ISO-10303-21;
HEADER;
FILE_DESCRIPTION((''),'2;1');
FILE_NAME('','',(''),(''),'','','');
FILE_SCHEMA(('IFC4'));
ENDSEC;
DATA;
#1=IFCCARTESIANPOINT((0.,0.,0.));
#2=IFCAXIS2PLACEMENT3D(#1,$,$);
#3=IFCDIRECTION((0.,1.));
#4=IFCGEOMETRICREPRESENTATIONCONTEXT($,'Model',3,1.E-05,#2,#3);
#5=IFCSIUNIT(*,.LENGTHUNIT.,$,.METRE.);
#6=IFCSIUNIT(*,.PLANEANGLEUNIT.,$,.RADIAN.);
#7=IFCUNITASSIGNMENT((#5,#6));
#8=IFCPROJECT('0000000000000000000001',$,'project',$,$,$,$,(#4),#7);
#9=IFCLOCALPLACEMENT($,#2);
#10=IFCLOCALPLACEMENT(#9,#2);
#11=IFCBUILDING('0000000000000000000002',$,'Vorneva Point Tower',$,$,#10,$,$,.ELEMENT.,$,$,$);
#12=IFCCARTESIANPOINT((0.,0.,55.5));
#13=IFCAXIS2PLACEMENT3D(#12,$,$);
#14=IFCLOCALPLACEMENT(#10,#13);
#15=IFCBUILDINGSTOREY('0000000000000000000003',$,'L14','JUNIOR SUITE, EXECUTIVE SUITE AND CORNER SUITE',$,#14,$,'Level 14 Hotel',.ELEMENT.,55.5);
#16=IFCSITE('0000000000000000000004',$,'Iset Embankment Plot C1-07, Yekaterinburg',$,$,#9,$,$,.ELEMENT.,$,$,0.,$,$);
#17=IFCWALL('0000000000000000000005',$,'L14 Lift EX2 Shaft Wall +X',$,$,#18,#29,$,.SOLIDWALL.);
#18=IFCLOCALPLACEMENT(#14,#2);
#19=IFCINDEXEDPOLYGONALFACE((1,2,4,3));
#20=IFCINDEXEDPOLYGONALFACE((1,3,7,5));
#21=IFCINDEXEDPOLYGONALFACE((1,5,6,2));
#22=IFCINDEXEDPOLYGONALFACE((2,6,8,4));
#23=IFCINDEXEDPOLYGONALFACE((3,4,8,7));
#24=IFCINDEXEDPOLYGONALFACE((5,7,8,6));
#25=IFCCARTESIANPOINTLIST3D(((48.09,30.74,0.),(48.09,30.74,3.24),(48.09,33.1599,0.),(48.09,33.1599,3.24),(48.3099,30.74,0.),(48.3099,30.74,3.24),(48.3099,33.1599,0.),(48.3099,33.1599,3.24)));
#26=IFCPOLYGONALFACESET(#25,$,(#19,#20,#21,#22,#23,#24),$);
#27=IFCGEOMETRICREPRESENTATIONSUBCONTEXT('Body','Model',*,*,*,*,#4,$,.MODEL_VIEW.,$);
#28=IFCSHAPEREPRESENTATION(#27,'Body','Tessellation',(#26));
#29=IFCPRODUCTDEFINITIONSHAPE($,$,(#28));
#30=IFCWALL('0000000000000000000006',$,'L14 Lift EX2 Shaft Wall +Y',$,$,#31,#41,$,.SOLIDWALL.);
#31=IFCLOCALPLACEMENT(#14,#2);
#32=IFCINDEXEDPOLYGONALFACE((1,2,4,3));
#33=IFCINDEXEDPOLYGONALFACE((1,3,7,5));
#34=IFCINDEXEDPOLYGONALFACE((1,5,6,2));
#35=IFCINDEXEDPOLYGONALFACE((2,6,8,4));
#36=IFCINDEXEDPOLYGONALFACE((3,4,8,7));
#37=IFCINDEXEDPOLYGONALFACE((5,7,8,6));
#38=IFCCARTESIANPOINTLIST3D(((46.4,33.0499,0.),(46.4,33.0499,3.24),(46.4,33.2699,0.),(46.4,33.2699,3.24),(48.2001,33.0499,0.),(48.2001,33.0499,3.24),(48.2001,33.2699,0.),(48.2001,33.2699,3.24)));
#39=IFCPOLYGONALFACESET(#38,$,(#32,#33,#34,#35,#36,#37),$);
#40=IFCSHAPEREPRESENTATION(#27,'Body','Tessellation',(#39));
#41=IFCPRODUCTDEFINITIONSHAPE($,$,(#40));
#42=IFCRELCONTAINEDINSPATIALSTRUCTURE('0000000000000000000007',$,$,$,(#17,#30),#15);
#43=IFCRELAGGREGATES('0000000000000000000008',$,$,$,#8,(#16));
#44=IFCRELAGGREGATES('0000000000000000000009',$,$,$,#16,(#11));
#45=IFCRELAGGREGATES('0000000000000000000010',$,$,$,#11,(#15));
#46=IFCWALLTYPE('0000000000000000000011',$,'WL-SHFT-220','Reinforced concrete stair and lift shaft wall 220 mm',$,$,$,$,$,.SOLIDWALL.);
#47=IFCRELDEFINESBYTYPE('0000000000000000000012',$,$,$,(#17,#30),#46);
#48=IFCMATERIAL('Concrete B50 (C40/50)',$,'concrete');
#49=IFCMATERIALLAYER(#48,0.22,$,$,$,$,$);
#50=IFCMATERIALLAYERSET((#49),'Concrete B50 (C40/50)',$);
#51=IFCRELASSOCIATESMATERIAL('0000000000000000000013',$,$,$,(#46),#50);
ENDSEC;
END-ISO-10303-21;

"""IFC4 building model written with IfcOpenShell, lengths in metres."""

from ifc_helpers import new_model, si_unit, direction, frame, frame_2d, origin, place, context, subcontext, project, spatial, rectangle, extrude, material, layer, layer_set, type_object, element, save


model = new_model("IFC4")

# Units and contexts
model_context = context("Model", 3, precision=1e-05, world=origin(), true_north=direction((0.0, 1.0)))
body_context = subcontext(model_context, "Body", "Model", "MODEL_VIEW")
ifc_project = project(units=[si_unit("LENGTHUNIT", "METRE"), si_unit("PLANEANGLEUNIT", "RADIAN")], contexts=[model_context])

# Site, building, storey
site_placement = place(None, origin())
site = spatial("IfcSite", under=ifc_project, at=site_placement, Name="Iset Embankment Plot C1-07, Yekaterinburg", CompositionType="ELEMENT", RefElevation=0.0)
building_placement = place(site_placement, origin())
building = spatial("IfcBuilding", under=site, at=building_placement, Name="Vorneva Point Tower", CompositionType="ELEMENT")
storey_placement = place(building_placement, frame((0.0, 0.0, 55.5)))
storey = spatial("IfcBuildingStorey", under=building, at=storey_placement, Name="L14", Description="JUNIOR SUITE, EXECUTIVE SUITE AND CORNER SUITE", LongName="Level 14 Hotel", CompositionType="ELEMENT", Elevation=55.5)

# Walls
ifc_material_1 = material(Name="Concrete B50 (C40/50)", Category="concrete")
ifc_layer_1 = layer(ifc_material_1, 0.22)
ifc_layer_set_1 = layer_set([ifc_layer_1], Name="Concrete B50 (C40/50)")
wall_type_1 = type_object("IfcWallType", Name="WL-SHFT-220", Description="Reinforced concrete stair and lift shaft wall 220 mm", PredefinedType="SOLIDWALL", material=ifc_layer_set_1)
wall_1_placement = place(storey_placement, frame((48.2, 30.74, 0.0), z_axis=(0.0, 0.0, 1.0), x_axis=(0.0, 1.0, 0.0)))
element("IfcWall", 1, at=wall_1_placement, inside=storey, type_object=wall_type_1, Name="L14 Lift EX2 Shaft Wall +X", PredefinedType="SOLIDWALL", context=body_context, shape_type="SweptSolid", body=[
    extrude(rectangle(XDim=2.4199, YDim=0.22, at=frame_2d((1.21, 0.0))), origin(), (0.0, 0.0, 1.0), 3.24),
])
wall_2_placement = place(storey_placement, frame((48.2, 33.1599, 0.0), z_axis=(0.0, 0.0, 1.0), x_axis=(-1.0, 0.0, 0.0)))
element("IfcWall", 2, at=wall_2_placement, inside=storey, type_object=wall_type_1, Name="L14 Lift EX2 Shaft Wall +Y", PredefinedType="SOLIDWALL", context=body_context, shape_type="SweptSolid", body=[
    extrude(rectangle(XDim=1.8, YDim=0.22, at=frame_2d((0.8999, 0.0))), origin(), (0.0, 0.0, 1.0), 3.24),
])

save(model, "model.ifc")
